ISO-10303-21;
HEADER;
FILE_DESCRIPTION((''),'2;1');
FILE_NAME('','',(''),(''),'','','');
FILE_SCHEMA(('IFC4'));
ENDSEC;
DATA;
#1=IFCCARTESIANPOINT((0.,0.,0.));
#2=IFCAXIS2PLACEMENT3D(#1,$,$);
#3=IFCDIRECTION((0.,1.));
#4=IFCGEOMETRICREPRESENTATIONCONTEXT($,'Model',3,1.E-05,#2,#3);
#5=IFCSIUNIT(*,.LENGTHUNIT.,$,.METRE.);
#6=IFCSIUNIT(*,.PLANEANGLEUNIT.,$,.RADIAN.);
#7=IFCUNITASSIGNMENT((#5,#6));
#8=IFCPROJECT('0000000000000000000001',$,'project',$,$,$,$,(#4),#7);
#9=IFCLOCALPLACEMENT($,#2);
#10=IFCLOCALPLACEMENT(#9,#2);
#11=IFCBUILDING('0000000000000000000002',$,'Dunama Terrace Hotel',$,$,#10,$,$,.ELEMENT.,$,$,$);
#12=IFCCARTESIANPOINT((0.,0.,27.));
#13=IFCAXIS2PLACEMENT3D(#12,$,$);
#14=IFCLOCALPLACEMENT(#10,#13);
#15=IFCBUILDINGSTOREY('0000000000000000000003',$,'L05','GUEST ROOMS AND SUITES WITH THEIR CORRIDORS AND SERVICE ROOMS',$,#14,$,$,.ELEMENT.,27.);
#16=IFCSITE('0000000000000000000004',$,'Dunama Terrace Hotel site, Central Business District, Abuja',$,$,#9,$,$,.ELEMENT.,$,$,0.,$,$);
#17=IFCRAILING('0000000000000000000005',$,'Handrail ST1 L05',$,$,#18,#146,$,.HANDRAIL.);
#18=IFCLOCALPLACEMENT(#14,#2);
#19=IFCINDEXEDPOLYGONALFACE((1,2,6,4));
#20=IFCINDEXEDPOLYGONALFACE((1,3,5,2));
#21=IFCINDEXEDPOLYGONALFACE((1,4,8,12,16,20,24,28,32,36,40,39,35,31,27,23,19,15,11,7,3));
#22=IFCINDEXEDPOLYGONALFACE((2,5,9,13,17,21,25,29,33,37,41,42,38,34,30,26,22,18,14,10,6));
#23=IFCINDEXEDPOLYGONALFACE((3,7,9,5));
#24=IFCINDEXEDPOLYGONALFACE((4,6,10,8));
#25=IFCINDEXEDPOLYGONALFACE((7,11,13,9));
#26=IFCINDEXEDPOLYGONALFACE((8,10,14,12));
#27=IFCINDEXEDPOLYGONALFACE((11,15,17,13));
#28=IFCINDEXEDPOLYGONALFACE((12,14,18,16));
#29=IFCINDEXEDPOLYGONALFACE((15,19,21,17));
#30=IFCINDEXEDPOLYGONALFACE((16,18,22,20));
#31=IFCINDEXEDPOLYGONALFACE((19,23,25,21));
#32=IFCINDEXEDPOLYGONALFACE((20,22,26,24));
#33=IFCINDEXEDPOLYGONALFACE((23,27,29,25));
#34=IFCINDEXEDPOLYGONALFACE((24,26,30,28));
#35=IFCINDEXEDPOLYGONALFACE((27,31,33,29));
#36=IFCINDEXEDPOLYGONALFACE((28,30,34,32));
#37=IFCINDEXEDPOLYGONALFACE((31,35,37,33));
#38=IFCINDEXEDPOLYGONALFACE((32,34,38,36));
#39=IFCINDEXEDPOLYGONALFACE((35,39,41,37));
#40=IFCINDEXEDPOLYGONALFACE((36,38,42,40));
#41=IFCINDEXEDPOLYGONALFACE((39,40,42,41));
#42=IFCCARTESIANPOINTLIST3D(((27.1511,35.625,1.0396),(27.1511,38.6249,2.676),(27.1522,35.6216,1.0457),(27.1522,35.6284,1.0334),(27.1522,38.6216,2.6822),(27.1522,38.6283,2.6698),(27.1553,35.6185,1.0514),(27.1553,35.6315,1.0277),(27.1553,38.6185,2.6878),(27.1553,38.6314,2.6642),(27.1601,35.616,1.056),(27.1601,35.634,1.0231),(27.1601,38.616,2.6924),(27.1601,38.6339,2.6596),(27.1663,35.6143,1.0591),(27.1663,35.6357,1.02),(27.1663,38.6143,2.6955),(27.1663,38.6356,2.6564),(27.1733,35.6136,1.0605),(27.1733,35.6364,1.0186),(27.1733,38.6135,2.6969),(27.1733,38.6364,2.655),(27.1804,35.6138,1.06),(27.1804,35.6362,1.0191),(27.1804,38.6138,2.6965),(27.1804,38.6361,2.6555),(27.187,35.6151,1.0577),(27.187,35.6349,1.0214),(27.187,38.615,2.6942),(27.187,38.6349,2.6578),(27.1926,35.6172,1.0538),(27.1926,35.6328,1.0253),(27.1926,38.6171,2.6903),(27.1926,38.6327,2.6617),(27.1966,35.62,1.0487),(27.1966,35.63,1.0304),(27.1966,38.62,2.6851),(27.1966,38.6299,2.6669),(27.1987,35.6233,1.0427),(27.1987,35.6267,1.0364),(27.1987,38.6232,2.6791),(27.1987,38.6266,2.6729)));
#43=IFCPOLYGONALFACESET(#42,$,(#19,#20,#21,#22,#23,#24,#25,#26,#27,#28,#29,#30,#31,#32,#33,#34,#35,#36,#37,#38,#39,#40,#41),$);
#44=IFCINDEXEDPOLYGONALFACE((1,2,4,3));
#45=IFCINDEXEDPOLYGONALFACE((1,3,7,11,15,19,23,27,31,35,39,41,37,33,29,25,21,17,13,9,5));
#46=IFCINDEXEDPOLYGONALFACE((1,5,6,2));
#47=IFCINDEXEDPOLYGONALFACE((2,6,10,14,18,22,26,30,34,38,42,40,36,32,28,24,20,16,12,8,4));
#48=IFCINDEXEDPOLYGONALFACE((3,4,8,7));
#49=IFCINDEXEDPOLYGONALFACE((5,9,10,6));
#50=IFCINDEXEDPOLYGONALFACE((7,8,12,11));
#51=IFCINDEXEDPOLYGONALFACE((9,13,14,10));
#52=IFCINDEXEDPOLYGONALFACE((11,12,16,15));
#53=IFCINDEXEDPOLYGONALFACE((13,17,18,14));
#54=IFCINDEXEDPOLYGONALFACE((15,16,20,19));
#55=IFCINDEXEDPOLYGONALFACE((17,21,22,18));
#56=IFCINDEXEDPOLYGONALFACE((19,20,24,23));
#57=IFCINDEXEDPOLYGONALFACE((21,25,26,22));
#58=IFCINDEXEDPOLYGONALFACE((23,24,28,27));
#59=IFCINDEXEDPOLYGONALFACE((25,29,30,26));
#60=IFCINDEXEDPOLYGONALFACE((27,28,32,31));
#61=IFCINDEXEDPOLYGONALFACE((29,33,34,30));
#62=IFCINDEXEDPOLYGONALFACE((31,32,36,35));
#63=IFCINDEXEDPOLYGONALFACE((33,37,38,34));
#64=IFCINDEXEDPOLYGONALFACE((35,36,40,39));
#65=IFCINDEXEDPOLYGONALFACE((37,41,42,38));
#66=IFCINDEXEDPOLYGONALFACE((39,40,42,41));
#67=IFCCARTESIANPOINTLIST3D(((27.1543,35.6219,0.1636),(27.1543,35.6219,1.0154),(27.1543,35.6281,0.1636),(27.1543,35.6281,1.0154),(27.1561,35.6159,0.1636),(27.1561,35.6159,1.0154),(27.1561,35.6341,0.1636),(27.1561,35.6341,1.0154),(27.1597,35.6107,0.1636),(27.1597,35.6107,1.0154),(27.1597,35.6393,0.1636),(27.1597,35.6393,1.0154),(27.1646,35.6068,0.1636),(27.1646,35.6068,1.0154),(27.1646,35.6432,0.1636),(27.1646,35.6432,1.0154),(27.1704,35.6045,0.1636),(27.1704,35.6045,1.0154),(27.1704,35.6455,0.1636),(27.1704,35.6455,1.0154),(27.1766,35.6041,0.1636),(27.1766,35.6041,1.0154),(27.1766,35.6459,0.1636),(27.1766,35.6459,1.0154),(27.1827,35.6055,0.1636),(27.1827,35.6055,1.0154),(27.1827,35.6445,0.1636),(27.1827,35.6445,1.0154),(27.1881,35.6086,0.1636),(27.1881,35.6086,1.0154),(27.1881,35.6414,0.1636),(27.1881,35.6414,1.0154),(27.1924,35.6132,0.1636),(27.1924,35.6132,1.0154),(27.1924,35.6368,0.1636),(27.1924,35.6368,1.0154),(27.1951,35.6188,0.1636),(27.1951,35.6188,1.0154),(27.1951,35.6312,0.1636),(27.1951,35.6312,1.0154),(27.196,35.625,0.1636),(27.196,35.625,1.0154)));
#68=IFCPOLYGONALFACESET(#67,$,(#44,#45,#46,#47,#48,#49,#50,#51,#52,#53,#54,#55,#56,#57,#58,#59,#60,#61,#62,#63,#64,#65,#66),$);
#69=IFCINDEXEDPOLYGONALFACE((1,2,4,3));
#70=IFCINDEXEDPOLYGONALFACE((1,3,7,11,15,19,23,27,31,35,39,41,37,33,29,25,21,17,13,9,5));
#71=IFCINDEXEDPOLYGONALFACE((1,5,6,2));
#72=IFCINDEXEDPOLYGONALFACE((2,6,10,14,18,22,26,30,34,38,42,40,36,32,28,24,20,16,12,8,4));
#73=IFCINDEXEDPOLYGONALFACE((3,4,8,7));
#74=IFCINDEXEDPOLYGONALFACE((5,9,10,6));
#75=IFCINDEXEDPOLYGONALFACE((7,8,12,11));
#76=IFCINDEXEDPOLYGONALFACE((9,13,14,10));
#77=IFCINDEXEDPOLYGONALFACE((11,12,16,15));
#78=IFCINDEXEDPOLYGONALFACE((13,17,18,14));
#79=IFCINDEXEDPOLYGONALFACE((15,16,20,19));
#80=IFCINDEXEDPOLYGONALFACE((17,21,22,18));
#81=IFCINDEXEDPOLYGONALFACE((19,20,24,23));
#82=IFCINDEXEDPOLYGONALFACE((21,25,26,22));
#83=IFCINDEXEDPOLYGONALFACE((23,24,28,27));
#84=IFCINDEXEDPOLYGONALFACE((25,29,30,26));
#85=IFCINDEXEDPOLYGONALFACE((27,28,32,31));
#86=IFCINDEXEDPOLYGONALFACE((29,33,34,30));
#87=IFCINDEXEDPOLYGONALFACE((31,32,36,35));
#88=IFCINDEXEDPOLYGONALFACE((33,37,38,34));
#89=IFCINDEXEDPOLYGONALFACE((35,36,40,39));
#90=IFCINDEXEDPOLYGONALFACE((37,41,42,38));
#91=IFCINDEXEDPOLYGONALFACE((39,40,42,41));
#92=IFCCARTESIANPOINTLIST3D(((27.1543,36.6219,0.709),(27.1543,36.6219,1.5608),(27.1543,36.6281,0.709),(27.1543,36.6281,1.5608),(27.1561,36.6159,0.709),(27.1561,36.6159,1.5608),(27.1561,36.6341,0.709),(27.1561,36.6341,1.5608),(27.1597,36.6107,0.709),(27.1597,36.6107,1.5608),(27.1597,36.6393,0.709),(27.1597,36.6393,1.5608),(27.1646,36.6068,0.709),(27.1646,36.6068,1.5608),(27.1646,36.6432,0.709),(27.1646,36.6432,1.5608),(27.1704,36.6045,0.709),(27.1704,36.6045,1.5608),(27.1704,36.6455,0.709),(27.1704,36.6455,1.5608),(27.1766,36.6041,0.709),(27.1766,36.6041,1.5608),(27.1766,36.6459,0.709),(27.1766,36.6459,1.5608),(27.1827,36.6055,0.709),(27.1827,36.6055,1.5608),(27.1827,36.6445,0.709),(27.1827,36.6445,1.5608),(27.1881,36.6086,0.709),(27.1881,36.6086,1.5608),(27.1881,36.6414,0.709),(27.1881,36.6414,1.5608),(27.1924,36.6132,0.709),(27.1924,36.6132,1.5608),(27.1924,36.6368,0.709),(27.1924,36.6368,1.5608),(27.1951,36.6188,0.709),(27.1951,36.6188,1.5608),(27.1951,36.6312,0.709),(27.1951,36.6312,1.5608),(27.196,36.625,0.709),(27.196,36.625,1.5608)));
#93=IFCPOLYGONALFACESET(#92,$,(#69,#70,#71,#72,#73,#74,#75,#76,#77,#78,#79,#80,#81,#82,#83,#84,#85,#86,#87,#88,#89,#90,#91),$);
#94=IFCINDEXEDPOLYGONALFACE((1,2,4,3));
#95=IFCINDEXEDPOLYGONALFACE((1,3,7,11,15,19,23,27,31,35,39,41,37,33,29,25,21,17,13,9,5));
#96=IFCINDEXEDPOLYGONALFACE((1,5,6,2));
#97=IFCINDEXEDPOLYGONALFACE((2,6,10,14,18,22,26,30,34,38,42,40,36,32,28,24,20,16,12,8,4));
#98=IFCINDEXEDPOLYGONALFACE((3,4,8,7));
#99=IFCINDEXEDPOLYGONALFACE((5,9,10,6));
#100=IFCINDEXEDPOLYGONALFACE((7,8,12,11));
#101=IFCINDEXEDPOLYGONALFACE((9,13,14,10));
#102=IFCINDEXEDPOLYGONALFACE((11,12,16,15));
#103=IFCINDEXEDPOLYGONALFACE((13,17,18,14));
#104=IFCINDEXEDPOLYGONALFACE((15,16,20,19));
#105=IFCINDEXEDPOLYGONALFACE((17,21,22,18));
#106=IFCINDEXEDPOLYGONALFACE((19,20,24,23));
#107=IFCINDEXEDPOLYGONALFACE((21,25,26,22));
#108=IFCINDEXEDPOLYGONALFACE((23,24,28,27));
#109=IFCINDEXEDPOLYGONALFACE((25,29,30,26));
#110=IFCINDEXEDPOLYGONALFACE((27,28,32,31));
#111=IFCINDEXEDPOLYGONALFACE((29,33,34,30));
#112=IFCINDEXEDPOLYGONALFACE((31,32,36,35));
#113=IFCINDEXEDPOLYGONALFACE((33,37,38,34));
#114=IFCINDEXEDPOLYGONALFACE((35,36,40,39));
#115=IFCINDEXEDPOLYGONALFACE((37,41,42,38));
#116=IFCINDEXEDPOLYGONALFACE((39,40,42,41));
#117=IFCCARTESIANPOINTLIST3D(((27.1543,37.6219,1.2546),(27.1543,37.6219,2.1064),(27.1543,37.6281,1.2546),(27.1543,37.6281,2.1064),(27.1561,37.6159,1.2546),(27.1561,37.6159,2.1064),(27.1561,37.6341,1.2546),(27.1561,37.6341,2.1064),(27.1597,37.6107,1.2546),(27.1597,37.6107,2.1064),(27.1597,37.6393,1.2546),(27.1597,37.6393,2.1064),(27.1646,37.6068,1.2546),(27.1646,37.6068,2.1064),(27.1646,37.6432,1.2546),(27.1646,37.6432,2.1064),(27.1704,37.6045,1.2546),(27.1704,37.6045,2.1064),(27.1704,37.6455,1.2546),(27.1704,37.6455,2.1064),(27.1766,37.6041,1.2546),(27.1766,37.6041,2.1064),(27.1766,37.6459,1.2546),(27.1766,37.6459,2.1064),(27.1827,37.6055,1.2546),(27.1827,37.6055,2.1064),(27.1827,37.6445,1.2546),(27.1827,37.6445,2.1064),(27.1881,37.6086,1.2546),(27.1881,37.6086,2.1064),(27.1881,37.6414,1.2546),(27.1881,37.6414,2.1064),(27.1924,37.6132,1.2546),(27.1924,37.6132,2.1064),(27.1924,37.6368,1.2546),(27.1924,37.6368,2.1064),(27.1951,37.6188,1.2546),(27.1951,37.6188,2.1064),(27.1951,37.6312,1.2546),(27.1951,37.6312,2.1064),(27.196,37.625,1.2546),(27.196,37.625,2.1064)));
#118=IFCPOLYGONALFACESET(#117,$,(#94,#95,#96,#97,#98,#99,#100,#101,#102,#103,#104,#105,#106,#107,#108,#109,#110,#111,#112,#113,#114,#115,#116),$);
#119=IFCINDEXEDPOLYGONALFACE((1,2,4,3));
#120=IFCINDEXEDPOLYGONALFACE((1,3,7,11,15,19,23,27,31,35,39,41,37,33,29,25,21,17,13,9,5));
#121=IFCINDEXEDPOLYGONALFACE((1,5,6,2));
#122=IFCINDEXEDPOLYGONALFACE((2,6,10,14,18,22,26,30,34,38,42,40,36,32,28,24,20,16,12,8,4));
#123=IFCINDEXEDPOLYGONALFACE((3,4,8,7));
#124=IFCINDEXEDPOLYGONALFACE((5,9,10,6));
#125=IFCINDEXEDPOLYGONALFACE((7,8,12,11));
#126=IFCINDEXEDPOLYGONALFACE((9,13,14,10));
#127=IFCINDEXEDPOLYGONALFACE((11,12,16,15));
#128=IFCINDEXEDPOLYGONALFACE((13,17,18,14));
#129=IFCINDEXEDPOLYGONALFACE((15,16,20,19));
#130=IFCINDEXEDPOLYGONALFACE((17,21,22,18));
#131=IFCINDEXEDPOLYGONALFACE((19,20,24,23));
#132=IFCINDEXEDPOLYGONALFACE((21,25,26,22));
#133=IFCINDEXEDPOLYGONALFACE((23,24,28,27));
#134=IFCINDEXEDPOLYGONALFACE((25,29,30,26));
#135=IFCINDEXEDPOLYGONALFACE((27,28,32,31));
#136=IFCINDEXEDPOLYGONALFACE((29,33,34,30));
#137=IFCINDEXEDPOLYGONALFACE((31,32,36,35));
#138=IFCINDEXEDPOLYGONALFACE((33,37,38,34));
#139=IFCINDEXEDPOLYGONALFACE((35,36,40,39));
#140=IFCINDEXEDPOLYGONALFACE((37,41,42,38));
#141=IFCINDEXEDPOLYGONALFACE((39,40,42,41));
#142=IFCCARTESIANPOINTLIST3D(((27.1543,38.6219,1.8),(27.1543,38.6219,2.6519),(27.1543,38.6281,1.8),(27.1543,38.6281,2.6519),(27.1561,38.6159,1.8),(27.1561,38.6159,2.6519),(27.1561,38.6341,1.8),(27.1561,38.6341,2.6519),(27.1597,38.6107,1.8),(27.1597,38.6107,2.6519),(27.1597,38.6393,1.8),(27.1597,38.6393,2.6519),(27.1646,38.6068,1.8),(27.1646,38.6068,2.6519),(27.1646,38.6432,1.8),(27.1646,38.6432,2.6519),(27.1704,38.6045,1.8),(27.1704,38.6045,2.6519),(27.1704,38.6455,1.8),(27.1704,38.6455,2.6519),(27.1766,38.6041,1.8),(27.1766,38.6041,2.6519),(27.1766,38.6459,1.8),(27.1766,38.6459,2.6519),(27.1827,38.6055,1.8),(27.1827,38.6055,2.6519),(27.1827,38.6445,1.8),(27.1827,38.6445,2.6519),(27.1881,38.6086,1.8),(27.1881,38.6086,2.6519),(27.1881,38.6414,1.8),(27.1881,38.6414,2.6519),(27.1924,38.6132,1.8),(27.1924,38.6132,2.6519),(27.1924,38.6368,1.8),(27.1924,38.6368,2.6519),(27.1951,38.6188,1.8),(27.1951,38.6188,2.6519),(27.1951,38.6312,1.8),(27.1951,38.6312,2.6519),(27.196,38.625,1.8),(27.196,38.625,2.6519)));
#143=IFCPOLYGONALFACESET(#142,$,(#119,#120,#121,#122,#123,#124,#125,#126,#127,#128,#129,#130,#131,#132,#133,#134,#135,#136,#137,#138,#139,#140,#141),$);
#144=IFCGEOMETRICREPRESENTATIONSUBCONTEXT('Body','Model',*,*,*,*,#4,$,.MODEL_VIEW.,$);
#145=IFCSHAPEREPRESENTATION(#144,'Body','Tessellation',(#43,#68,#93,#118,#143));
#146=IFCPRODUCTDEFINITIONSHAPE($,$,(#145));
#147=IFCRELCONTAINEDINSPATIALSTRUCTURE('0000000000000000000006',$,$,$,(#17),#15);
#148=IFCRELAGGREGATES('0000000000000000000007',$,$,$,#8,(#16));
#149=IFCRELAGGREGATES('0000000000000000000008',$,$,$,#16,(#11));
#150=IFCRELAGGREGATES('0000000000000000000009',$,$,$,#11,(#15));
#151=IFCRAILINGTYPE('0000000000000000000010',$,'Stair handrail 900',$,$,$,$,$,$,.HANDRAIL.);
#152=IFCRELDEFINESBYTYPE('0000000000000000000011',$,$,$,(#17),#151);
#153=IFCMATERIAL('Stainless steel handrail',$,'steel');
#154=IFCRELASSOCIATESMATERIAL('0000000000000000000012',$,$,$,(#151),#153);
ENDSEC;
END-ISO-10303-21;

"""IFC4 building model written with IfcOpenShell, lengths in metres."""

from ifc_helpers import new_model, si_unit, direction, frame, origin, origin_2d, place, context, subcontext, project, spatial, circle, extrude, material, type_object, element, save


model = new_model("IFC4")

# Units and contexts
model_context = context("Model", 3, precision=1e-05, world=origin(), true_north=direction((0.0, 1.0)))
body_context = subcontext(model_context, "Body", "Model", "MODEL_VIEW")
ifc_project = project(units=[si_unit("LENGTHUNIT", "METRE"), si_unit("PLANEANGLEUNIT", "RADIAN")], contexts=[model_context])

# Site, building, storey
site_placement = place(None, origin())
site = spatial("IfcSite", under=ifc_project, at=site_placement, Name="Dunama Terrace Hotel site, Central Business District, Abuja", CompositionType="ELEMENT", RefElevation=0.0)
building_placement = place(site_placement, origin())
building = spatial("IfcBuilding", under=site, at=building_placement, Name="Dunama Terrace Hotel", CompositionType="ELEMENT")
storey_placement = place(building_placement, frame((0.0, 0.0, 27.0)))
storey = spatial("IfcBuildingStorey", under=building, at=storey_placement, Name="L05", Description="GUEST ROOMS AND SUITES WITH THEIR CORRIDORS AND SERVICE ROOMS", CompositionType="ELEMENT", Elevation=27.0)

# Railing
ifc_material_1 = material(Name="Stainless steel handrail", Category="steel")
railing_type = type_object("IfcRailingType", Name="Stair handrail 900", PredefinedType="HANDRAIL", material=ifc_material_1)
railing_1_placement = place(storey_placement, frame((27.175, 35.625, 0.1636)))
element("IfcRailing", 1, at=railing_1_placement, inside=storey, type_object=railing_type, Name="Handrail ST1 L05", PredefinedType="HANDRAIL", context=body_context, shape_type="SweptSolid", body=[
    extrude(circle(Radius=0.0239, at=origin_2d()), frame((0.0, 0.0, 0.876), z_axis=(0.0, 0.877882, 0.478877), x_axis=(-1.0, 0.0, 0.0)), (0.0, 0.0, 1.0), 3.4172),
    extrude(circle(Radius=0.021, at=origin_2d()), origin(), (0.0, 0.0, 1.0), 0.8518),
    extrude(circle(Radius=0.021, at=origin_2d()), frame((0.0, 1.0, 0.5454)), (0.0, 0.0, 1.0), 0.8518),
    extrude(circle(Radius=0.021, at=origin_2d()), frame((0.0, 2.0, 1.0911)), (0.0, 0.0, 1.0), 0.8518),
    extrude(circle(Radius=0.021, at=origin_2d()), frame((0.0, 3.0, 1.6365)), (0.0, 0.0, 1.0), 0.8518),
])

save(model, "model.ifc")
